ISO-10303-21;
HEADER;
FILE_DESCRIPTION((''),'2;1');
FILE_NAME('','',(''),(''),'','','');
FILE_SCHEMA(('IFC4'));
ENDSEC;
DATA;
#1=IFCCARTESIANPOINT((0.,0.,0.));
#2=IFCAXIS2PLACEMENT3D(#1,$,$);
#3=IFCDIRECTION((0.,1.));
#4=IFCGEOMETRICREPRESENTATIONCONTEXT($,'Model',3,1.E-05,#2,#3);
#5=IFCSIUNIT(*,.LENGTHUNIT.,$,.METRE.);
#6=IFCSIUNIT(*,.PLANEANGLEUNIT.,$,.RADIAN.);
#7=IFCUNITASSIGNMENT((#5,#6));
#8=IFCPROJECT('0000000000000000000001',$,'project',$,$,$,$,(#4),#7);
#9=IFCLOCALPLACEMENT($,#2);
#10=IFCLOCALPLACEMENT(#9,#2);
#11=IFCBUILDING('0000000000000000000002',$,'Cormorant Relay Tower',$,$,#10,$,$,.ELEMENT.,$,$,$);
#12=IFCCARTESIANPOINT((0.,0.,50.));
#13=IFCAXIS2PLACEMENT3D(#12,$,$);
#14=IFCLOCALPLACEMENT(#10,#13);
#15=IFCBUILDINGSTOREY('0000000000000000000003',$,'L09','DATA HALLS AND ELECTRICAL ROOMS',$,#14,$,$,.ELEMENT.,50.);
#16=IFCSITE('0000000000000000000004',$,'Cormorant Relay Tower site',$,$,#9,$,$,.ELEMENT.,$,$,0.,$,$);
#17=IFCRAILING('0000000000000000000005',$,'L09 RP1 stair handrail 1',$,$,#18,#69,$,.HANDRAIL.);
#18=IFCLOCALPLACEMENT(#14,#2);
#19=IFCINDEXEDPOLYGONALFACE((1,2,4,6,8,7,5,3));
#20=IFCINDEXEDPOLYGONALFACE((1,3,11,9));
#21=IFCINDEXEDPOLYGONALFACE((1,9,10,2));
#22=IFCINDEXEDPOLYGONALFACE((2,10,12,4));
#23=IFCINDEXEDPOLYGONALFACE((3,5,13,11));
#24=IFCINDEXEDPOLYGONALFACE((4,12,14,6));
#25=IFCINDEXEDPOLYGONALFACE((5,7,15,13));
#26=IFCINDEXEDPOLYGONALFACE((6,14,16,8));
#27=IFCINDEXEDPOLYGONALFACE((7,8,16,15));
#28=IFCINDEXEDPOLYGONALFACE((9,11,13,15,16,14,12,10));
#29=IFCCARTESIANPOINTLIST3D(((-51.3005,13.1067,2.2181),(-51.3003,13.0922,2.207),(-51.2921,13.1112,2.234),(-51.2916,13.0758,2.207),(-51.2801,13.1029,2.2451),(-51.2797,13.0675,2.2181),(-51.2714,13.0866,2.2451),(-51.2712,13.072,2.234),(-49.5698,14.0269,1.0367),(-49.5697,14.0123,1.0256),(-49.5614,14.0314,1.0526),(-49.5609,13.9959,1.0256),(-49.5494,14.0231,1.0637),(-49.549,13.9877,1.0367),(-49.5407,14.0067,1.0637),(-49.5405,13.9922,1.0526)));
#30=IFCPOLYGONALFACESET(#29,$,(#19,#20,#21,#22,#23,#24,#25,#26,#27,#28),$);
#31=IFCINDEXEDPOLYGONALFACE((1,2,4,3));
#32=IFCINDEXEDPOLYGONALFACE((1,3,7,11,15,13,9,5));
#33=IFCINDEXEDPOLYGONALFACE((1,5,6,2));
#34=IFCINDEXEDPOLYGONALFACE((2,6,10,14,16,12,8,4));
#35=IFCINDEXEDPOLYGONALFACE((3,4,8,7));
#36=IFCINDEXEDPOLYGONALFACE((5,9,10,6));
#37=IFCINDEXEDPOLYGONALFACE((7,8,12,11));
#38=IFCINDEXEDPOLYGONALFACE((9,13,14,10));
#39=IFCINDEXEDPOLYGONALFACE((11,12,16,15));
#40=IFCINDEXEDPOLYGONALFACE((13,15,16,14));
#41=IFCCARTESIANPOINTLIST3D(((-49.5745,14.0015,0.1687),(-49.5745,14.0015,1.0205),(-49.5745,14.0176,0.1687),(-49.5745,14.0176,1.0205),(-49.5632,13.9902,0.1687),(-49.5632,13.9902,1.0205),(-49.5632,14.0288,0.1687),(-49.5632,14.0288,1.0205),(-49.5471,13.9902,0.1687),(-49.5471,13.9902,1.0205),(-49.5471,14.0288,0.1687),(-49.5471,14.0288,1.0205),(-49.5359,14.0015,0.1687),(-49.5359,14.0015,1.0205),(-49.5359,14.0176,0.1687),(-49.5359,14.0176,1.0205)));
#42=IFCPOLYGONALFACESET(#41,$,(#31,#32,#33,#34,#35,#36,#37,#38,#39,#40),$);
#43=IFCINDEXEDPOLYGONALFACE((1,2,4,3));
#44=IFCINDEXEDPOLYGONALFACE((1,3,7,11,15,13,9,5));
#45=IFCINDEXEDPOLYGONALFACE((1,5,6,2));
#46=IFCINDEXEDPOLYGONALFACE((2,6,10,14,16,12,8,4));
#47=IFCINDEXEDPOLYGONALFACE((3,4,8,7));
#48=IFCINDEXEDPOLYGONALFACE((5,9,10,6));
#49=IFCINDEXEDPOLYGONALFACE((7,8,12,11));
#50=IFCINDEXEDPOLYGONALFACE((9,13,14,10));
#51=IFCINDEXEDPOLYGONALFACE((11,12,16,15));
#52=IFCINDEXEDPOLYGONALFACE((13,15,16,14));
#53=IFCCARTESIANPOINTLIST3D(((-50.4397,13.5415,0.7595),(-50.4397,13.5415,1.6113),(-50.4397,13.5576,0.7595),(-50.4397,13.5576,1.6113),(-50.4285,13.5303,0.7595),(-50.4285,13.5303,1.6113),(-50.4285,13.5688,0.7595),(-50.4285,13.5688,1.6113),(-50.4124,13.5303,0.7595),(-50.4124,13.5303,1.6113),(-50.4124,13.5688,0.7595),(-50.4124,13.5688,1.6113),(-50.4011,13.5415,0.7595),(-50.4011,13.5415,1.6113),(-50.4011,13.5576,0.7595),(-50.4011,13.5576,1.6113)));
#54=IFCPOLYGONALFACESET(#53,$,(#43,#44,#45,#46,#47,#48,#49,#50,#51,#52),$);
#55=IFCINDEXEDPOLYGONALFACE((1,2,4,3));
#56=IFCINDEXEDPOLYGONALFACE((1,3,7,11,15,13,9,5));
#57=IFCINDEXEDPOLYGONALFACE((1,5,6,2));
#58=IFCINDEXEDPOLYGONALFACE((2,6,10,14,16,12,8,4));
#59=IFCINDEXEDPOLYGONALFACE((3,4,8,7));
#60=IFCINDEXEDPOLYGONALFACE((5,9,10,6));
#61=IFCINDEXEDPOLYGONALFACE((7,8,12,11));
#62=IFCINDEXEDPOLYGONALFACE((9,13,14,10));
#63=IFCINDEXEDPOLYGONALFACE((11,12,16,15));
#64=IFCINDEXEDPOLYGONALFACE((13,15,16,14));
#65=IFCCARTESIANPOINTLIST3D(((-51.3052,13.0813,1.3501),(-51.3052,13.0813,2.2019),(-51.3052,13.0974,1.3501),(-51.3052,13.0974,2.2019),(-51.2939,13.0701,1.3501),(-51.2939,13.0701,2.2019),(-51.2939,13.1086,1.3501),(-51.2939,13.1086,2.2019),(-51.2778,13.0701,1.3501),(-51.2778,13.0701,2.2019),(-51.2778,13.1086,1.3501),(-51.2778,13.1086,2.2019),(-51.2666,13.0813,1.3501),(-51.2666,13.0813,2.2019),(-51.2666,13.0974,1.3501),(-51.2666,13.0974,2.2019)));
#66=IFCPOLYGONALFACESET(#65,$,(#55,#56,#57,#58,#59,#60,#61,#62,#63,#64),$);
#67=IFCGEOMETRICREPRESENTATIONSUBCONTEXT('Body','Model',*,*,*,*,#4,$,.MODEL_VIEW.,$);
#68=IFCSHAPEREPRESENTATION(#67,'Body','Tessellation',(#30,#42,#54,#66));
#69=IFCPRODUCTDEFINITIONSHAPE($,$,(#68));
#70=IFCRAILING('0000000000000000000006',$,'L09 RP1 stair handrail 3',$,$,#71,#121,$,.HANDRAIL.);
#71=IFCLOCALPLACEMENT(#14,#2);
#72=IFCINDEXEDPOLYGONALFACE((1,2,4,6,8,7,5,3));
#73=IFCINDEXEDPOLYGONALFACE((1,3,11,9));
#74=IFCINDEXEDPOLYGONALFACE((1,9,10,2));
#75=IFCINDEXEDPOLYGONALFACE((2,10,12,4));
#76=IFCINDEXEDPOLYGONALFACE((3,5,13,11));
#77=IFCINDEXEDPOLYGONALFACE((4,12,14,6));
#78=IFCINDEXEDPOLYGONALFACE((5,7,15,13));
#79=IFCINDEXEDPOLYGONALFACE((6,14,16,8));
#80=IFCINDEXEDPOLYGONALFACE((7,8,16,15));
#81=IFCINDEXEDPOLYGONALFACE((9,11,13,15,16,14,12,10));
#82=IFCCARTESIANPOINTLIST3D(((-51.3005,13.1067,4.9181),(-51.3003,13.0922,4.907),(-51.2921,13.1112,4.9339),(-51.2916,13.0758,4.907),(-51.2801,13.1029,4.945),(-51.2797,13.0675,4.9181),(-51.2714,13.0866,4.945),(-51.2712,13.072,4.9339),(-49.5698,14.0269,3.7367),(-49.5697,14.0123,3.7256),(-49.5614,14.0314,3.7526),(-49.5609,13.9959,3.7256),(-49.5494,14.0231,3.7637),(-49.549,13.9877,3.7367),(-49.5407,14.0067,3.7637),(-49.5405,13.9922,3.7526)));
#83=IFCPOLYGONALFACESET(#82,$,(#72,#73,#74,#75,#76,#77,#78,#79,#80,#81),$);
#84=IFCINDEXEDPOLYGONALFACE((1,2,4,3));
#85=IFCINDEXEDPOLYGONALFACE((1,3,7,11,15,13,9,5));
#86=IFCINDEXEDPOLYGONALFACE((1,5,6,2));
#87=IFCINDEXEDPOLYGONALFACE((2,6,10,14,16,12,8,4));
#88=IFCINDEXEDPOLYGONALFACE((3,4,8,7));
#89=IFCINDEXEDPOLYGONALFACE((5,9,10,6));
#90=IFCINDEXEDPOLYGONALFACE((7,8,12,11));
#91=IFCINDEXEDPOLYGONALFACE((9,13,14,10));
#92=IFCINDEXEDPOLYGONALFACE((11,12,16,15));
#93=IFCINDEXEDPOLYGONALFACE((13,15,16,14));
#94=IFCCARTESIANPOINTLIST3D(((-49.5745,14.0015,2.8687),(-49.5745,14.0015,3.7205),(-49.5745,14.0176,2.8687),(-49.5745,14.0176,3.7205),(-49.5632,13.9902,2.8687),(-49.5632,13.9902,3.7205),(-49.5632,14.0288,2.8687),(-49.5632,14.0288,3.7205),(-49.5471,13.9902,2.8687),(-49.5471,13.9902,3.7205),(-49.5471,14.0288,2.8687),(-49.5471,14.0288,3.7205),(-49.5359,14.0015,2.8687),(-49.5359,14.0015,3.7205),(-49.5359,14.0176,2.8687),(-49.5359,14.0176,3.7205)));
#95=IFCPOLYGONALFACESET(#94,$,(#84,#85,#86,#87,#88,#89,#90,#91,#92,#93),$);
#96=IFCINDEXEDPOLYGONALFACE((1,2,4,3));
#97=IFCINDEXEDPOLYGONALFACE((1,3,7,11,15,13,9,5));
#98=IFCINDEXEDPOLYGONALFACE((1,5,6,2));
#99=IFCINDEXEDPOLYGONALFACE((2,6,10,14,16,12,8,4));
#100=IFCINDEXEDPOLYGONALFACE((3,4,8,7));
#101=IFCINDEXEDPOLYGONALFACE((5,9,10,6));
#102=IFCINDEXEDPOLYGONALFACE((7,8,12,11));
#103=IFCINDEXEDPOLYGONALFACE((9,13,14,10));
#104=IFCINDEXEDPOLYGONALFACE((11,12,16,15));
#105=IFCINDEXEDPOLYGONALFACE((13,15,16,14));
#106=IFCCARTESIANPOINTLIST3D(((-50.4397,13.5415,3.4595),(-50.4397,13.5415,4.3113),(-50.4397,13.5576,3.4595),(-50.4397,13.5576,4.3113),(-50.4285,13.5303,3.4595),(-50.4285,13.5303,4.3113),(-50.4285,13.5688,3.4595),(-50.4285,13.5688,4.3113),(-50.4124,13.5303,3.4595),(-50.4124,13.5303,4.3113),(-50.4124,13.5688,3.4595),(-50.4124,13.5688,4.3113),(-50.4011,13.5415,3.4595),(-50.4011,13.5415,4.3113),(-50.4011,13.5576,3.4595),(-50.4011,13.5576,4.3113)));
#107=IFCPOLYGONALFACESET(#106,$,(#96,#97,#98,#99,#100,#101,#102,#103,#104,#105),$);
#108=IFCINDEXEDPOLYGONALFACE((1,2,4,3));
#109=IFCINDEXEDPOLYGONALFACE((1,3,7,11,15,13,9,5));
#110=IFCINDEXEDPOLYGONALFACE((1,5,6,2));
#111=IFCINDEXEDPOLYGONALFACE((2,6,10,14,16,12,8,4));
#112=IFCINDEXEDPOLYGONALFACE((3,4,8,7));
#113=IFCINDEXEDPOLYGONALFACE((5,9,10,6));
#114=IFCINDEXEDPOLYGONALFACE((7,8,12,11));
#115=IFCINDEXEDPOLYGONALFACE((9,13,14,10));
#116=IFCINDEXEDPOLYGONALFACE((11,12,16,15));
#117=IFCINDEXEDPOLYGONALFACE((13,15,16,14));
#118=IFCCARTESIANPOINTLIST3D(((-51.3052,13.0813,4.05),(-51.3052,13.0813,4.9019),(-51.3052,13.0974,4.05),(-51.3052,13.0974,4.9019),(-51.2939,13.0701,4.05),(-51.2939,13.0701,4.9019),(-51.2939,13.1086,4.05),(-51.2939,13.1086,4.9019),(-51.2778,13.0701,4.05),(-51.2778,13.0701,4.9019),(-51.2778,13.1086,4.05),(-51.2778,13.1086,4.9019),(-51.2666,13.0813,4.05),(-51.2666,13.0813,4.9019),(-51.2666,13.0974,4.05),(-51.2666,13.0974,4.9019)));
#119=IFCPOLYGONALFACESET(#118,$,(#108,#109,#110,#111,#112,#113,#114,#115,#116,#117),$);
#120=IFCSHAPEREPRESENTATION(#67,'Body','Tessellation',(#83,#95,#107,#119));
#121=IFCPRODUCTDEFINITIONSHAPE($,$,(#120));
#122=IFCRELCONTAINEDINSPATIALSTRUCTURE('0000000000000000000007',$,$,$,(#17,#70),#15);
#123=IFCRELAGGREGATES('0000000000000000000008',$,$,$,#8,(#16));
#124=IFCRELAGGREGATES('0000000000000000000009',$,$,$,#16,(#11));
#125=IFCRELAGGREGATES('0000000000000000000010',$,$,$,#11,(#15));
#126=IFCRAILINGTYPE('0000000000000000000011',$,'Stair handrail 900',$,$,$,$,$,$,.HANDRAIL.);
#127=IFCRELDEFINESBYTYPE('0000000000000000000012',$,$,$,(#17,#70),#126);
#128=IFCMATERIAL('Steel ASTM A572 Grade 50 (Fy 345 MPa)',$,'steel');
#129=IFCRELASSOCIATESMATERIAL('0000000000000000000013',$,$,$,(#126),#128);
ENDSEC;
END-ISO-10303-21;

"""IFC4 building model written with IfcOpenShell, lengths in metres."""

from ifc_helpers import new_model, si_unit, direction, frame, origin, place, context, subcontext, project, spatial, polyline, outline, extrude, material, type_object, element, save


model = new_model("IFC4")

# Units and contexts
model_context = context("Model", 3, precision=1e-05, world=origin(), true_north=direction((0.0, 1.0)))
body_context = subcontext(model_context, "Body", "Model", "MODEL_VIEW")
ifc_project = project(units=[si_unit("LENGTHUNIT", "METRE"), si_unit("PLANEANGLEUNIT", "RADIAN")], contexts=[model_context])

# Site, building, storey
site_placement = place(None, origin())
site = spatial("IfcSite", under=ifc_project, at=site_placement, Name="Cormorant Relay Tower site", CompositionType="ELEMENT", RefElevation=0.0)
building_placement = place(site_placement, origin())
building = spatial("IfcBuilding", under=site, at=building_placement, Name="Cormorant Relay Tower", CompositionType="ELEMENT")
storey_placement = place(building_placement, frame((0.0, 0.0, 50.0)))
storey = spatial("IfcBuildingStorey", under=building, at=storey_placement, Name="L09", Description="DATA HALLS AND ELECTRICAL ROOMS", CompositionType="ELEMENT", Elevation=50.0)

# Railings
ifc_material_1 = material(Name="Steel ASTM A572 Grade 50 (Fy 345 MPa)", Category="steel")
railing_type = type_object("IfcRailingType", Name="Stair handrail 900", PredefinedType="HANDRAIL", material=ifc_material_1)
for number, where, name in (
    (1, (-49.5552, 14.0095, 0.1687), "L09 RP1 stair handrail 1"),
    (2, (-49.5552, 14.0095, 2.8687), "L09 RP1 stair handrail 3"),
):
    element("IfcRailing", number, at=place(storey_placement, frame(where)), inside=storey, type_object=railing_type, Name=name, PredefinedType="HANDRAIL", context=body_context, shape_type="SweptSolid", body=[
        extrude(outline(polyline([(0.0222, 0.0093), (0.0093, 0.0222), (-0.0093, 0.0222), (-0.0222, 0.0093), (-0.0222, -0.0093), (-0.0093, -0.0222), (0.0093, -0.0222), (0.0222, -0.0093), (0.0222, 0.0093)])), frame((0.0, 0.0, 0.876), z_axis=(-0.756226, -0.402062, 0.516205), x_axis=(0.469444, -0.882962, 0.0)), (0.0, 0.0, 1.0), 2.2886),
        extrude(outline(polyline([(0.0193, 0.0081), (0.0081, 0.0193), (-0.0081, 0.0193), (-0.0193, 0.0081), (-0.0193, -0.0081), (-0.0081, -0.0193), (0.0081, -0.0193), (0.0193, -0.0081), (0.0193, 0.0081)])), origin(), (0.0, 0.0, 1.0), 0.8518),
        extrude(outline(polyline([(0.0193, 0.0081), (0.0081, 0.0193), (-0.0081, 0.0193), (-0.0193, 0.0081), (-0.0193, -0.0081), (-0.0081, -0.0193), (0.0081, -0.0193), (0.0193, -0.0081), (0.0193, 0.0081)])), frame((-0.8652, -0.46, 0.5908)), (0.0, 0.0, 1.0), 0.8518),
        extrude(outline(polyline([(0.0193, 0.0081), (0.0081, 0.0193), (-0.0081, 0.0193), (-0.0193, 0.0081), (-0.0193, -0.0081), (-0.0081, -0.0193), (0.0081, -0.0193), (0.0193, -0.0081), (0.0193, 0.0081)])), frame((-1.7307, -0.9202, 1.1814)), (0.0, 0.0, 1.0), 0.8518),
    ])

save(model, "model.ifc")
